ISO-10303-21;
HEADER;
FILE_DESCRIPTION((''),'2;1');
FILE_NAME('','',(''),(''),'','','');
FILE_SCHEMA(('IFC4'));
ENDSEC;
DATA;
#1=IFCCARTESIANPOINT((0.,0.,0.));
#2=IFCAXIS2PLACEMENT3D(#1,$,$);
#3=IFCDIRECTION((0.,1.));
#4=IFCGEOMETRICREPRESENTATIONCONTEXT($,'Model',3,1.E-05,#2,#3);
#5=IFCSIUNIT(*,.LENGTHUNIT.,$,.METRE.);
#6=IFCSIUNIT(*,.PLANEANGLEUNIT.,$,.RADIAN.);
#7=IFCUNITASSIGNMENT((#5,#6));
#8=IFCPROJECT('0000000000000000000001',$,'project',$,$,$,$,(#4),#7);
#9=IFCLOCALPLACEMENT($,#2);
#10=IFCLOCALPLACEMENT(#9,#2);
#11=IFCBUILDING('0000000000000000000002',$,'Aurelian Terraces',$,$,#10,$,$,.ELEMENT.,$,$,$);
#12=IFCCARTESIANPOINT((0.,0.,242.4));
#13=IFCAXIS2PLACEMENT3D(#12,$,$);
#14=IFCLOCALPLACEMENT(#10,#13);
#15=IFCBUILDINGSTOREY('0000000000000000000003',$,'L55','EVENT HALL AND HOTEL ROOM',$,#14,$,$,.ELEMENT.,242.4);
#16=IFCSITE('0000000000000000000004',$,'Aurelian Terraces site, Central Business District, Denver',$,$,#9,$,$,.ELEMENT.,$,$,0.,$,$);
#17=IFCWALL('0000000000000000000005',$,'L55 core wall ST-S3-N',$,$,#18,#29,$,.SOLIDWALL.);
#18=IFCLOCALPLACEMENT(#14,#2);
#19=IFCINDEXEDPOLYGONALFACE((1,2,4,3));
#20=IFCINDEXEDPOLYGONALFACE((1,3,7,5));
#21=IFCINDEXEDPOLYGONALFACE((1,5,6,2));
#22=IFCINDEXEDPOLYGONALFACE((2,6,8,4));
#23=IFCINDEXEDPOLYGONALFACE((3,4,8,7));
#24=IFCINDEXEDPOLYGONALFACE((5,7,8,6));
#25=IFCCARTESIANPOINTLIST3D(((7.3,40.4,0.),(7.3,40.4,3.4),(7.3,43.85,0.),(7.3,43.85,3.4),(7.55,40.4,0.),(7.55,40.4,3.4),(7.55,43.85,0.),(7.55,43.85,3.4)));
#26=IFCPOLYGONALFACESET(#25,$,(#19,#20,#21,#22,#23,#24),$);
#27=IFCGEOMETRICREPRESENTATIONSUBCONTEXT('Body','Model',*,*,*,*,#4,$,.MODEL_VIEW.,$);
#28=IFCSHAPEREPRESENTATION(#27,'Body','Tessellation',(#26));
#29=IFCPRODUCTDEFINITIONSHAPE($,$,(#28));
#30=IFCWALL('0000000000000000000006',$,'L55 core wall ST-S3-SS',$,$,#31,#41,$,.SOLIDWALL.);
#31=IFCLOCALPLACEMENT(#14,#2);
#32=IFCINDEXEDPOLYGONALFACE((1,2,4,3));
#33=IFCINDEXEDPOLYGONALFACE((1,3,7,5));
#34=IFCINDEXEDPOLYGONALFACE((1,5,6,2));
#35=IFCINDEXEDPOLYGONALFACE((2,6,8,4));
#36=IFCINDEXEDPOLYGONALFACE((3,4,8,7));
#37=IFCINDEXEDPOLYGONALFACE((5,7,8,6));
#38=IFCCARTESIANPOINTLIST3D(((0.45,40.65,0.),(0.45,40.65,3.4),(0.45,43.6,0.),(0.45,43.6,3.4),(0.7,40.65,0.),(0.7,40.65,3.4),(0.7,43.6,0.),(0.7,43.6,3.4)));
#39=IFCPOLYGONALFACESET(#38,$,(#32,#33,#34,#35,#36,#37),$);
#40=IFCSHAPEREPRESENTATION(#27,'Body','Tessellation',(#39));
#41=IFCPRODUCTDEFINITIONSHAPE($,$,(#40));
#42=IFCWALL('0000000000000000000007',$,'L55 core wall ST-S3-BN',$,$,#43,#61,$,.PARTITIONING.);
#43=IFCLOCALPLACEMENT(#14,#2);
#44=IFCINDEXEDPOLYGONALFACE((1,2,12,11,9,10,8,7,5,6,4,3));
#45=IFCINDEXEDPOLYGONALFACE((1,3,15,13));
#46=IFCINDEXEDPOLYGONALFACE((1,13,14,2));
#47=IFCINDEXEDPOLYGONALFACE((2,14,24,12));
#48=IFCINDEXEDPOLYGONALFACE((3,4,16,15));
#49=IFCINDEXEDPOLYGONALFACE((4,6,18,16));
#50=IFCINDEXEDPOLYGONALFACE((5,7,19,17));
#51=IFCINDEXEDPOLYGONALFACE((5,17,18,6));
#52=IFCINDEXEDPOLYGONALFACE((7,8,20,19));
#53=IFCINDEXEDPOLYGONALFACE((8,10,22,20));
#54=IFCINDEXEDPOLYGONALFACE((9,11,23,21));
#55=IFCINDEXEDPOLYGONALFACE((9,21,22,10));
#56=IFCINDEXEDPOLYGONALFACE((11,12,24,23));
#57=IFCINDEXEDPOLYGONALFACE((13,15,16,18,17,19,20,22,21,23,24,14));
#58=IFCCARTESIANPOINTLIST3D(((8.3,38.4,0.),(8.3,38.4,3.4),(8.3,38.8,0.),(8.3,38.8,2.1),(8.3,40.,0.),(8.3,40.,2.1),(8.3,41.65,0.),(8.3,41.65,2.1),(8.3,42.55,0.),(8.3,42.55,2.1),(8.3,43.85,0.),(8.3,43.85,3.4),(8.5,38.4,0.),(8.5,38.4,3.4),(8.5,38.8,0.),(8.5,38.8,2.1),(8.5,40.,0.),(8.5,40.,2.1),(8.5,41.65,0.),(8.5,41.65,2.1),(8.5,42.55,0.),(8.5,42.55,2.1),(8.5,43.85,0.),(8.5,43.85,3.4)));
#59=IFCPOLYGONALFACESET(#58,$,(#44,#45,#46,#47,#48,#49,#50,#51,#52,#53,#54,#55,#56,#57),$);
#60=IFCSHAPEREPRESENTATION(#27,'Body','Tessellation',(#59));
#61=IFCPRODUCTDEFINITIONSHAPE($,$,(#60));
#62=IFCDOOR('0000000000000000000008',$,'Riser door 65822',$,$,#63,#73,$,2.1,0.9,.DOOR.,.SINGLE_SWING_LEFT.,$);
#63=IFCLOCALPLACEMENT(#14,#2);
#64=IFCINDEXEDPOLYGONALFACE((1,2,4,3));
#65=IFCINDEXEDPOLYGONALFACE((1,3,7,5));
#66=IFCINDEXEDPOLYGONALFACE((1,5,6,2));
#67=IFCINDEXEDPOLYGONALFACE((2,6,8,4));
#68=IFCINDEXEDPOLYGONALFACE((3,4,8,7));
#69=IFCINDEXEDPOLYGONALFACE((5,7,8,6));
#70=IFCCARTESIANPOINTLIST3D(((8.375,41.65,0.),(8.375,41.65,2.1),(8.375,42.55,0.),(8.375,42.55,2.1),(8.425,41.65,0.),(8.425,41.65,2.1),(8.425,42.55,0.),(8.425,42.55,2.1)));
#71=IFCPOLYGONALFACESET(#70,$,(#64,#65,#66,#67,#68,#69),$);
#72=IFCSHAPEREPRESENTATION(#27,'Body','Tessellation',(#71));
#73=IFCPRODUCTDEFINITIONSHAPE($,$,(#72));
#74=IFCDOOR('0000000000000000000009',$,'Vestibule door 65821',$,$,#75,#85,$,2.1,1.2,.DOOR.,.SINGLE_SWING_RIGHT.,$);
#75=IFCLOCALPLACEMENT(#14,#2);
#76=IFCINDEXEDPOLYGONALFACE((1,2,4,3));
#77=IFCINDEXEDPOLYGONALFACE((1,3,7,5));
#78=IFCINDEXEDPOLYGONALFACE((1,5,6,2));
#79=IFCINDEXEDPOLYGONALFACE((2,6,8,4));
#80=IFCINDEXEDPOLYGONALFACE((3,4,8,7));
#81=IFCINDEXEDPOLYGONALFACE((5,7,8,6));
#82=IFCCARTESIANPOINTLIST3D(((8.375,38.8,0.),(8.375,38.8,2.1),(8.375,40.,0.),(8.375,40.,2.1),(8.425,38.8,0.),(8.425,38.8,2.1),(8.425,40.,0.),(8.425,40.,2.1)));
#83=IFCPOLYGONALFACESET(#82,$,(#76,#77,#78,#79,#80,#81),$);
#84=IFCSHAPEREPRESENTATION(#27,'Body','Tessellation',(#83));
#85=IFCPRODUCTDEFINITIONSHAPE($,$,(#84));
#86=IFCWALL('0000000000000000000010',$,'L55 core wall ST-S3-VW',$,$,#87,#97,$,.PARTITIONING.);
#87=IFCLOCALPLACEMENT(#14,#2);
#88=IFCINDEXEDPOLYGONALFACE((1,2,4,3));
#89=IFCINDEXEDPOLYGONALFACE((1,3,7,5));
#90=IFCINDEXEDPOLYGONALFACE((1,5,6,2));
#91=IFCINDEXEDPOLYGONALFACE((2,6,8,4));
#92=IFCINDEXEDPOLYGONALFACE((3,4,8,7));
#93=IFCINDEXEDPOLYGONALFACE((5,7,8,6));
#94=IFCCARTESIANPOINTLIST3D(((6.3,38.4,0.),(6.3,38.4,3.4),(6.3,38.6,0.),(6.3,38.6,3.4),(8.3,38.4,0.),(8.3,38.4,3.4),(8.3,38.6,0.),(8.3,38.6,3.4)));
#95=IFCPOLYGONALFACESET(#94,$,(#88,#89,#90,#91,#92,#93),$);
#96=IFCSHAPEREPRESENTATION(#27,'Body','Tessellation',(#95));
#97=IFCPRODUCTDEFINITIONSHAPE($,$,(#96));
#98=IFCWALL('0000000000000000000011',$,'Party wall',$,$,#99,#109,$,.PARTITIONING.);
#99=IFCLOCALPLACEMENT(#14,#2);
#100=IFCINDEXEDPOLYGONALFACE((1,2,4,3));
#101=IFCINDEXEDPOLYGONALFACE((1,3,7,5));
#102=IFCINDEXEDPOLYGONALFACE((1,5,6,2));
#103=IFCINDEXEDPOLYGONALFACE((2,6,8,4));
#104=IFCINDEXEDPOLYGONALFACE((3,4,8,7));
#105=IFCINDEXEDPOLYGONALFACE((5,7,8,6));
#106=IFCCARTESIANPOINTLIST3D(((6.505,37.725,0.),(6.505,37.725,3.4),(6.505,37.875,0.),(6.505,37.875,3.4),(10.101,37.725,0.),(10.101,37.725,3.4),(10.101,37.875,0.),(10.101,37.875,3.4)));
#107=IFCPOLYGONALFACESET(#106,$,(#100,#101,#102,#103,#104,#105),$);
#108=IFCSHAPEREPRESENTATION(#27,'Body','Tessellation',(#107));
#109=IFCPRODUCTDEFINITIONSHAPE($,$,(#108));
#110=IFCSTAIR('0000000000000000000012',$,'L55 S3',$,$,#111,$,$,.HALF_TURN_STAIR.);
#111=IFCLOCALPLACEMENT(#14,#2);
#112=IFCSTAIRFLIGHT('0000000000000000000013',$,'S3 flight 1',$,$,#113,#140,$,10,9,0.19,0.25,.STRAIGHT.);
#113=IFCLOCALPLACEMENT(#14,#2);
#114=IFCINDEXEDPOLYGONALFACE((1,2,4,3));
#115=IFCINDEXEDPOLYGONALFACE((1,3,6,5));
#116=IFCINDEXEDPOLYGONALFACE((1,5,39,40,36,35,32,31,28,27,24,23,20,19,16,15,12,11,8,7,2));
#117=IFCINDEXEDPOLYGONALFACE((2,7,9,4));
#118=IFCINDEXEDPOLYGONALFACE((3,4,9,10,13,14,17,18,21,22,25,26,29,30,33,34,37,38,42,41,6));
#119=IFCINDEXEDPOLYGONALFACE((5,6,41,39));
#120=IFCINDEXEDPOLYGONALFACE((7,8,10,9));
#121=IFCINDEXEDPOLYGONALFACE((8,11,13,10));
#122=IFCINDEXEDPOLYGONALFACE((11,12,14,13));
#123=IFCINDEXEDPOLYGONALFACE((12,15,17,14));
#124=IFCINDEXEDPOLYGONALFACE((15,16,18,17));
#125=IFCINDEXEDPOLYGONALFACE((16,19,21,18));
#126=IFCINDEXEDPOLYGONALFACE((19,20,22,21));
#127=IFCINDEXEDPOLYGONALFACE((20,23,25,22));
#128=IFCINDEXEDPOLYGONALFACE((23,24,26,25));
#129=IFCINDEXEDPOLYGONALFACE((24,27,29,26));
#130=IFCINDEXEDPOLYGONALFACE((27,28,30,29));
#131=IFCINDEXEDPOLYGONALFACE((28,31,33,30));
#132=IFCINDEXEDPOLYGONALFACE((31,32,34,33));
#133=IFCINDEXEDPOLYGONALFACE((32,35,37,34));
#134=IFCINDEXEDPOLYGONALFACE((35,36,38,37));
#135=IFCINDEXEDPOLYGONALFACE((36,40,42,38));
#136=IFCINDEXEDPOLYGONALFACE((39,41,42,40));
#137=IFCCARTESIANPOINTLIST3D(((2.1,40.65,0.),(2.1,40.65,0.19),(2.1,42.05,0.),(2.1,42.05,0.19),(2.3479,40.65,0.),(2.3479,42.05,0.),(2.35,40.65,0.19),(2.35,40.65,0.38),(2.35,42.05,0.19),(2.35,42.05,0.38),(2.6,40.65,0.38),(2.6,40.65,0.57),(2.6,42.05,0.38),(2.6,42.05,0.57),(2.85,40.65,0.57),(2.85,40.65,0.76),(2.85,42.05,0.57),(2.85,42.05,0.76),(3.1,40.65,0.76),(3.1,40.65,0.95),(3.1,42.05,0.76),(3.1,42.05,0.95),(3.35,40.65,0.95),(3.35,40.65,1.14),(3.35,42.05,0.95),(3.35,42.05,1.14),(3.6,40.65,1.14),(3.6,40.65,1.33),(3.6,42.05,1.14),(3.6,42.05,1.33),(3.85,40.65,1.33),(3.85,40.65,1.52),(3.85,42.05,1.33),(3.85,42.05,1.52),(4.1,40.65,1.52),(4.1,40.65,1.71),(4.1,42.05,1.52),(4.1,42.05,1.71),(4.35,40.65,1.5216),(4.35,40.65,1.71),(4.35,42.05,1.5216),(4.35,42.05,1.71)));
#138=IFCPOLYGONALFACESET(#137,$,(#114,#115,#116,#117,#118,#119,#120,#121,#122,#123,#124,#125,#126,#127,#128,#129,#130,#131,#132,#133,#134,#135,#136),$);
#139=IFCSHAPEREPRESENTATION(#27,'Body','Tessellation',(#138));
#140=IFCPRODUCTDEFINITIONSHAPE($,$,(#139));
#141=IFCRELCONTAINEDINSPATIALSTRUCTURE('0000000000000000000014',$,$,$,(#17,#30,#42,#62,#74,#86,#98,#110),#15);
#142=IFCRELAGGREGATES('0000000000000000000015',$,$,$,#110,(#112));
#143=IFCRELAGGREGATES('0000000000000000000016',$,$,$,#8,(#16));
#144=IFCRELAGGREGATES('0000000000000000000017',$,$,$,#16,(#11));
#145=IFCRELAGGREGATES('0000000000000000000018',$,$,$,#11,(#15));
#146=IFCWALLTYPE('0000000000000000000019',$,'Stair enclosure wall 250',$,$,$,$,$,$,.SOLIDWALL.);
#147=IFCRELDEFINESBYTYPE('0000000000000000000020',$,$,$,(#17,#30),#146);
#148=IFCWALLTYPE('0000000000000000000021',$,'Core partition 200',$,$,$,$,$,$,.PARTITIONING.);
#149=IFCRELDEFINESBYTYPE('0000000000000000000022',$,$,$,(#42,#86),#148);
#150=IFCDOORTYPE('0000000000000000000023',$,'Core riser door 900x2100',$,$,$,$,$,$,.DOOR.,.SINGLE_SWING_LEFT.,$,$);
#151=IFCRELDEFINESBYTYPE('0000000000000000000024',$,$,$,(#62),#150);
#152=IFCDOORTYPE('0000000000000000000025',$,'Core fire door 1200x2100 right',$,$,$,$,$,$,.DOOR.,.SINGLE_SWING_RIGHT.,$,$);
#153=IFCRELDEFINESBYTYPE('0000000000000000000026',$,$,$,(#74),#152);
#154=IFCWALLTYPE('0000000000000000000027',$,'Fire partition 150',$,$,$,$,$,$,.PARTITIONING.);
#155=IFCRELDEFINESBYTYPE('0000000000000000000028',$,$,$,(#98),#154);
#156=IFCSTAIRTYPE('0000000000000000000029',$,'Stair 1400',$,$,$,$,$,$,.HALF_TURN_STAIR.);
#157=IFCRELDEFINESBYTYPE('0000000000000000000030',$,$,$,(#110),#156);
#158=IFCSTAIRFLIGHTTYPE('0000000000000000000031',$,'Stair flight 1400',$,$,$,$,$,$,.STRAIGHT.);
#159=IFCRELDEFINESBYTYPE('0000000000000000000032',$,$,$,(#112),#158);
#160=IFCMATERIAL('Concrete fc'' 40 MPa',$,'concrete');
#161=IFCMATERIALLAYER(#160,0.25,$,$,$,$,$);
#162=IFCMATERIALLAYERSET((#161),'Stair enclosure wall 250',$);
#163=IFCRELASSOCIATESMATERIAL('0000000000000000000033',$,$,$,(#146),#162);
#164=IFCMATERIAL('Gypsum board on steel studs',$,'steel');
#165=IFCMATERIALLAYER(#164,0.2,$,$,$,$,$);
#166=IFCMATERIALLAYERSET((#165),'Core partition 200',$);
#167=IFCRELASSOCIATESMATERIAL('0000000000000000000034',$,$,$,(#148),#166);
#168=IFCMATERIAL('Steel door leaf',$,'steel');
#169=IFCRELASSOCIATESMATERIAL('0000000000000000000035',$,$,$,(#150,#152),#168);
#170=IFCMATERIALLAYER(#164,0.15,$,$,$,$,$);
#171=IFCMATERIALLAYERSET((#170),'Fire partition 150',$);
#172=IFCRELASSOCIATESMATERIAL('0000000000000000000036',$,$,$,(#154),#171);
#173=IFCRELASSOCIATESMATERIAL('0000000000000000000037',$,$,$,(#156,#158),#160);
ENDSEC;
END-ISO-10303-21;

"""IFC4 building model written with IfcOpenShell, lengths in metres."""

from ifc_helpers import new_model, si_unit, direction, frame, frame_2d, origin, place, context, subcontext, project, spatial, polyline, rectangle, outline, extrude, source, transform, mapped, material, layer, layer_set, type_object, element, fill, aggregate, save


model = new_model("IFC4")

# Units and contexts
model_context = context("Model", 3, precision=1e-05, world=origin(), true_north=direction((0.0, 1.0)))
body_context = subcontext(model_context, "Body", "Model", "MODEL_VIEW")
ifc_project = project(units=[si_unit("LENGTHUNIT", "METRE"), si_unit("PLANEANGLEUNIT", "RADIAN")], contexts=[model_context])

# Site, building, storey
site_placement = place(None, origin())
site = spatial("IfcSite", under=ifc_project, at=site_placement, Name="Aurelian Terraces site, Central Business District, Denver", CompositionType="ELEMENT", RefElevation=0.0)
building_placement = place(site_placement, origin())
building = spatial("IfcBuilding", under=site, at=building_placement, Name="Aurelian Terraces", CompositionType="ELEMENT")
storey_placement = place(building_placement, frame((0.0, 0.0, 242.4)))
storey = spatial("IfcBuildingStorey", under=building, at=storey_placement, Name="L55", Description="EVENT HALL AND HOTEL ROOM", CompositionType="ELEMENT", Elevation=242.4)

# Shared definitions
ifc_material_1 = material(Name="Concrete fc' 40 MPa", Category="concrete")

# Shared definitions
ifc_layer_1 = layer(ifc_material_1, 0.25)
ifc_layer_set_1 = layer_set([ifc_layer_1], Name="Stair enclosure wall 250")
wall_type_1 = type_object("IfcWallType", Name="Stair enclosure wall 250", PredefinedType="SOLIDWALL", material=ifc_layer_set_1)
ifc_material_2 = material(Name="Steel door leaf", Category="steel")

# Walls
shared_shape_1 = source(origin(), body_context, "Body", "SweptSolid", [
    extrude(rectangle(XDim=3.45, YDim=0.25, at=frame_2d((1.725, 0.0))), origin(), (0.0, 0.0, 1.0), 3.4),
])
wall_1_placement = place(storey_placement, frame((7.425, 40.4, 0.0), z_axis=(0.0, 0.0, 1.0), x_axis=(0.0, 1.0, 0.0)))
element("IfcWall", 1, at=wall_1_placement, inside=storey, type_object=wall_type_1, Name="L55 core wall ST-S3-N", PredefinedType="SOLIDWALL", context=body_context, shape_type="MappedRepresentation", body=[
    mapped(shared_shape_1, transform((0.0, 0.0, 0.0), scale=1.0)),
])
shared_shape_2 = source(origin(), body_context, "Body", "SweptSolid", [
    extrude(rectangle(XDim=2.95, YDim=0.25, at=frame_2d((1.475, 0.0))), origin(), (0.0, 0.0, 1.0), 3.4),
])
wall_2_placement = place(storey_placement, frame((0.575, 40.65, 0.0), z_axis=(0.0, 0.0, 1.0), x_axis=(0.0, 1.0, 0.0)))
element("IfcWall", 2, at=wall_2_placement, inside=storey, type_object=wall_type_1, Name="L55 core wall ST-S3-SS", PredefinedType="SOLIDWALL", context=body_context, shape_type="MappedRepresentation", body=[
    mapped(shared_shape_2, transform((0.0, 0.0, 0.0), scale=1.0)),
])

# Wall, openings, doors
ifc_material_3 = material(Name="Gypsum board on steel studs", Category="steel")
ifc_layer_2 = layer(ifc_material_3, 0.2)
ifc_layer_set_2 = layer_set([ifc_layer_2], Name="Core partition 200")
wall_type_2 = type_object("IfcWallType", Name="Core partition 200", PredefinedType="PARTITIONING", material=ifc_layer_set_2)
shared_shape_3 = source(origin(), body_context, "Body", "SweptSolid", [
    extrude(rectangle(XDim=5.45, YDim=0.2, at=frame_2d((2.725, 0.0))), origin(), (0.0, 0.0, 1.0), 3.4),
])
wall_3_placement = place(storey_placement, frame((8.4, 38.4, 0.0), z_axis=(0.0, 0.0, 1.0), x_axis=(0.0, 1.0, 0.0)))
wall_3 = element("IfcWall", 3, at=wall_3_placement, inside=storey, type_object=wall_type_2, Name="L55 core wall ST-S3-BN", PredefinedType="PARTITIONING", context=body_context, shape_type="MappedRepresentation", body=[
    mapped(shared_shape_3, transform((0.0, 0.0, 0.0), scale=1.0)),
])
shared_shape_4 = source(origin(), body_context, "Body", "SweptSolid", [
    extrude(rectangle(XDim=1.2, YDim=2.1, at=frame_2d((0.6, 1.05))), frame((0.0, 0.11, 0.0), z_axis=(0.0, -1.0, 0.0), x_axis=(1.0, 0.0, 0.0)), (0.0, 0.0, 1.0), 0.22),
])
opening_1_placement = place(wall_3_placement, frame((0.4, 0.0, 0.0)))
opening_1 = element("IfcOpeningElement", 4, at=opening_1_placement, cuts=wall_3, PredefinedType="OPENING", context=body_context, shape_type="MappedRepresentation", body=[
    mapped(shared_shape_4, transform((0.0, 0.0, 0.0), scale=1.0)),
])
shared_shape_5 = source(origin(), body_context, "Body", "SweptSolid", [
    extrude(rectangle(XDim=0.9, YDim=2.1, at=frame_2d((0.45, 1.05))), frame((0.0, 0.11, 0.0), z_axis=(0.0, -1.0, 0.0), x_axis=(1.0, 0.0, 0.0)), (0.0, 0.0, 1.0), 0.22),
])
opening_2_placement = place(wall_3_placement, frame((3.25, 0.0, 0.0)))
opening_2 = element("IfcOpeningElement", 5, at=opening_2_placement, cuts=wall_3, PredefinedType="OPENING", context=body_context, shape_type="MappedRepresentation", body=[
    mapped(shared_shape_5, transform((0.0, 0.0, 0.0), scale=1.0)),
])
door_type_1 = type_object("IfcDoorType", Name="Core riser door 900x2100", OperationType="SINGLE_SWING_LEFT", PredefinedType="DOOR", material=ifc_material_2)
shared_shape_6 = source(origin(), body_context, "Body", "SweptSolid", [
    extrude(rectangle(XDim=0.9, YDim=2.1, at=frame_2d((0.45, 1.05))), frame((0.0, 0.025, 0.0), z_axis=(0.0, -1.0, 0.0), x_axis=(1.0, 0.0, 0.0)), (0.0, 0.0, 1.0), 0.05),
])
door_1_placement = place(opening_2_placement, origin())
door_1 = element("IfcDoor", 6, at=door_1_placement, inside=storey, type_object=door_type_1, Name="Riser door 65822", OperationType="SINGLE_SWING_LEFT", OverallHeight=2.1, OverallWidth=0.9, PredefinedType="DOOR", context=body_context, shape_type="MappedRepresentation", body=[
    mapped(shared_shape_6, transform((0.0, 0.0, 0.0), scale=1.0)),
])
fill(opening_2, door_1)
door_type_2 = type_object("IfcDoorType", Name="Core fire door 1200x2100 right", OperationType="SINGLE_SWING_RIGHT", PredefinedType="DOOR", material=ifc_material_2)
shared_shape_7 = source(origin(), body_context, "Body", "SweptSolid", [
    extrude(rectangle(XDim=1.2, YDim=2.1, at=frame_2d((0.6, 1.05))), frame((0.0, 0.025, 0.0), z_axis=(0.0, -1.0, 0.0), x_axis=(1.0, 0.0, 0.0)), (0.0, 0.0, 1.0), 0.05),
])
door_2_placement = place(opening_1_placement, origin())
door_2 = element("IfcDoor", 7, at=door_2_placement, inside=storey, type_object=door_type_2, Name="Vestibule door 65821", OperationType="SINGLE_SWING_RIGHT", OverallHeight=2.1, OverallWidth=1.2, PredefinedType="DOOR", context=body_context, shape_type="MappedRepresentation", body=[
    mapped(shared_shape_7, transform((0.0, 0.0, 0.0), scale=1.0)),
])
fill(opening_1, door_2)

# Walls
shared_shape_8 = source(origin(), body_context, "Body", "SweptSolid", [
    extrude(rectangle(XDim=2.0, YDim=0.2, at=frame_2d((1.0, 0.0))), origin(), (0.0, 0.0, 1.0), 3.4),
])
wall_4_placement = place(storey_placement, frame((6.3, 38.5, 0.0), z_axis=(0.0, 0.0, 1.0), x_axis=(1.0, 0.0, 0.0)))
element("IfcWall", 8, at=wall_4_placement, inside=storey, type_object=wall_type_2, Name="L55 core wall ST-S3-VW", PredefinedType="PARTITIONING", context=body_context, shape_type="MappedRepresentation", body=[
    mapped(shared_shape_8, transform((0.0, 0.0, 0.0), scale=1.0)),
])
ifc_layer_3 = layer(ifc_material_3, 0.15)
ifc_layer_set_3 = layer_set([ifc_layer_3], Name="Fire partition 150")
wall_type_3 = type_object("IfcWallType", Name="Fire partition 150", PredefinedType="PARTITIONING", material=ifc_layer_set_3)
shared_shape_9 = source(origin(), body_context, "Body", "SweptSolid", [
    extrude(rectangle(XDim=3.596, YDim=0.15, at=frame_2d((1.798, 0.0))), origin(), (0.0, 0.0, 1.0), 3.4),
])
wall_5_placement = place(storey_placement, frame((10.101, 37.8, 0.0), z_axis=(0.0, 0.0, 1.0), x_axis=(-1.0, 0.0, 0.0)))
element("IfcWall", 9, at=wall_5_placement, inside=storey, type_object=wall_type_3, Name="Party wall", PredefinedType="PARTITIONING", context=body_context, shape_type="MappedRepresentation", body=[
    mapped(shared_shape_9, transform((0.0, 0.0, 0.0), scale=1.0)),
])

# Stair, stair flight
stair_type = type_object("IfcStairType", Name="Stair 1400", PredefinedType="HALF_TURN_STAIR", material=ifc_material_1)
stair_placement = place(storey_placement, origin())
stair = element("IfcStair", 10, at=stair_placement, inside=storey, type_object=stair_type, Name="L55 S3", PredefinedType="HALF_TURN_STAIR")
stair_flight_type = type_object("IfcStairFlightType", Name="Stair flight 1400", PredefinedType="STRAIGHT", material=ifc_material_1)
shared_shape_10 = source(origin(), body_context, "Body", "SweptSolid", [
    extrude(outline(polyline([(0.0, 0.0), (0.0, 0.19), (0.25, 0.19), (0.25, 0.38), (0.5, 0.38), (0.5, 0.57), (0.75, 0.57), (0.75, 0.76), (1.0, 0.76), (1.0, 0.95), (1.25, 0.95), (1.25, 1.14), (1.5, 1.14), (1.5, 1.33), (1.75, 1.33), (1.75, 1.52), (2.0, 1.52), (2.0, 1.71), (2.25, 1.71), (2.25, 1.9), (2.25, 1.5216), (0.2479, 0.0), (0.0, 0.0)])), frame((0.0, 0.7, 0.0), z_axis=(0.0, -1.0, 0.0), x_axis=(1.0, 0.0, 0.0)), (0.0, 0.0, 1.0), 1.4),
])
stair_flight_placement = place(storey_placement, frame((2.1, 41.35, 0.0), z_axis=(0.0, 0.0, 1.0), x_axis=(1.0, 0.0, 0.0)))
stair_flight = element("IfcStairFlight", 11, at=stair_flight_placement, type_object=stair_flight_type, Name="S3 flight 1", NumberOfRisers=10, NumberOfTreads=9, PredefinedType="STRAIGHT", RiserHeight=0.19, TreadLength=0.25, context=body_context, shape_type="MappedRepresentation", body=[
    mapped(shared_shape_10, transform((0.0, 0.0, 0.0), scale=1.0)),
])
aggregate(stair, [stair_flight])

save(model, "model.ifc")
